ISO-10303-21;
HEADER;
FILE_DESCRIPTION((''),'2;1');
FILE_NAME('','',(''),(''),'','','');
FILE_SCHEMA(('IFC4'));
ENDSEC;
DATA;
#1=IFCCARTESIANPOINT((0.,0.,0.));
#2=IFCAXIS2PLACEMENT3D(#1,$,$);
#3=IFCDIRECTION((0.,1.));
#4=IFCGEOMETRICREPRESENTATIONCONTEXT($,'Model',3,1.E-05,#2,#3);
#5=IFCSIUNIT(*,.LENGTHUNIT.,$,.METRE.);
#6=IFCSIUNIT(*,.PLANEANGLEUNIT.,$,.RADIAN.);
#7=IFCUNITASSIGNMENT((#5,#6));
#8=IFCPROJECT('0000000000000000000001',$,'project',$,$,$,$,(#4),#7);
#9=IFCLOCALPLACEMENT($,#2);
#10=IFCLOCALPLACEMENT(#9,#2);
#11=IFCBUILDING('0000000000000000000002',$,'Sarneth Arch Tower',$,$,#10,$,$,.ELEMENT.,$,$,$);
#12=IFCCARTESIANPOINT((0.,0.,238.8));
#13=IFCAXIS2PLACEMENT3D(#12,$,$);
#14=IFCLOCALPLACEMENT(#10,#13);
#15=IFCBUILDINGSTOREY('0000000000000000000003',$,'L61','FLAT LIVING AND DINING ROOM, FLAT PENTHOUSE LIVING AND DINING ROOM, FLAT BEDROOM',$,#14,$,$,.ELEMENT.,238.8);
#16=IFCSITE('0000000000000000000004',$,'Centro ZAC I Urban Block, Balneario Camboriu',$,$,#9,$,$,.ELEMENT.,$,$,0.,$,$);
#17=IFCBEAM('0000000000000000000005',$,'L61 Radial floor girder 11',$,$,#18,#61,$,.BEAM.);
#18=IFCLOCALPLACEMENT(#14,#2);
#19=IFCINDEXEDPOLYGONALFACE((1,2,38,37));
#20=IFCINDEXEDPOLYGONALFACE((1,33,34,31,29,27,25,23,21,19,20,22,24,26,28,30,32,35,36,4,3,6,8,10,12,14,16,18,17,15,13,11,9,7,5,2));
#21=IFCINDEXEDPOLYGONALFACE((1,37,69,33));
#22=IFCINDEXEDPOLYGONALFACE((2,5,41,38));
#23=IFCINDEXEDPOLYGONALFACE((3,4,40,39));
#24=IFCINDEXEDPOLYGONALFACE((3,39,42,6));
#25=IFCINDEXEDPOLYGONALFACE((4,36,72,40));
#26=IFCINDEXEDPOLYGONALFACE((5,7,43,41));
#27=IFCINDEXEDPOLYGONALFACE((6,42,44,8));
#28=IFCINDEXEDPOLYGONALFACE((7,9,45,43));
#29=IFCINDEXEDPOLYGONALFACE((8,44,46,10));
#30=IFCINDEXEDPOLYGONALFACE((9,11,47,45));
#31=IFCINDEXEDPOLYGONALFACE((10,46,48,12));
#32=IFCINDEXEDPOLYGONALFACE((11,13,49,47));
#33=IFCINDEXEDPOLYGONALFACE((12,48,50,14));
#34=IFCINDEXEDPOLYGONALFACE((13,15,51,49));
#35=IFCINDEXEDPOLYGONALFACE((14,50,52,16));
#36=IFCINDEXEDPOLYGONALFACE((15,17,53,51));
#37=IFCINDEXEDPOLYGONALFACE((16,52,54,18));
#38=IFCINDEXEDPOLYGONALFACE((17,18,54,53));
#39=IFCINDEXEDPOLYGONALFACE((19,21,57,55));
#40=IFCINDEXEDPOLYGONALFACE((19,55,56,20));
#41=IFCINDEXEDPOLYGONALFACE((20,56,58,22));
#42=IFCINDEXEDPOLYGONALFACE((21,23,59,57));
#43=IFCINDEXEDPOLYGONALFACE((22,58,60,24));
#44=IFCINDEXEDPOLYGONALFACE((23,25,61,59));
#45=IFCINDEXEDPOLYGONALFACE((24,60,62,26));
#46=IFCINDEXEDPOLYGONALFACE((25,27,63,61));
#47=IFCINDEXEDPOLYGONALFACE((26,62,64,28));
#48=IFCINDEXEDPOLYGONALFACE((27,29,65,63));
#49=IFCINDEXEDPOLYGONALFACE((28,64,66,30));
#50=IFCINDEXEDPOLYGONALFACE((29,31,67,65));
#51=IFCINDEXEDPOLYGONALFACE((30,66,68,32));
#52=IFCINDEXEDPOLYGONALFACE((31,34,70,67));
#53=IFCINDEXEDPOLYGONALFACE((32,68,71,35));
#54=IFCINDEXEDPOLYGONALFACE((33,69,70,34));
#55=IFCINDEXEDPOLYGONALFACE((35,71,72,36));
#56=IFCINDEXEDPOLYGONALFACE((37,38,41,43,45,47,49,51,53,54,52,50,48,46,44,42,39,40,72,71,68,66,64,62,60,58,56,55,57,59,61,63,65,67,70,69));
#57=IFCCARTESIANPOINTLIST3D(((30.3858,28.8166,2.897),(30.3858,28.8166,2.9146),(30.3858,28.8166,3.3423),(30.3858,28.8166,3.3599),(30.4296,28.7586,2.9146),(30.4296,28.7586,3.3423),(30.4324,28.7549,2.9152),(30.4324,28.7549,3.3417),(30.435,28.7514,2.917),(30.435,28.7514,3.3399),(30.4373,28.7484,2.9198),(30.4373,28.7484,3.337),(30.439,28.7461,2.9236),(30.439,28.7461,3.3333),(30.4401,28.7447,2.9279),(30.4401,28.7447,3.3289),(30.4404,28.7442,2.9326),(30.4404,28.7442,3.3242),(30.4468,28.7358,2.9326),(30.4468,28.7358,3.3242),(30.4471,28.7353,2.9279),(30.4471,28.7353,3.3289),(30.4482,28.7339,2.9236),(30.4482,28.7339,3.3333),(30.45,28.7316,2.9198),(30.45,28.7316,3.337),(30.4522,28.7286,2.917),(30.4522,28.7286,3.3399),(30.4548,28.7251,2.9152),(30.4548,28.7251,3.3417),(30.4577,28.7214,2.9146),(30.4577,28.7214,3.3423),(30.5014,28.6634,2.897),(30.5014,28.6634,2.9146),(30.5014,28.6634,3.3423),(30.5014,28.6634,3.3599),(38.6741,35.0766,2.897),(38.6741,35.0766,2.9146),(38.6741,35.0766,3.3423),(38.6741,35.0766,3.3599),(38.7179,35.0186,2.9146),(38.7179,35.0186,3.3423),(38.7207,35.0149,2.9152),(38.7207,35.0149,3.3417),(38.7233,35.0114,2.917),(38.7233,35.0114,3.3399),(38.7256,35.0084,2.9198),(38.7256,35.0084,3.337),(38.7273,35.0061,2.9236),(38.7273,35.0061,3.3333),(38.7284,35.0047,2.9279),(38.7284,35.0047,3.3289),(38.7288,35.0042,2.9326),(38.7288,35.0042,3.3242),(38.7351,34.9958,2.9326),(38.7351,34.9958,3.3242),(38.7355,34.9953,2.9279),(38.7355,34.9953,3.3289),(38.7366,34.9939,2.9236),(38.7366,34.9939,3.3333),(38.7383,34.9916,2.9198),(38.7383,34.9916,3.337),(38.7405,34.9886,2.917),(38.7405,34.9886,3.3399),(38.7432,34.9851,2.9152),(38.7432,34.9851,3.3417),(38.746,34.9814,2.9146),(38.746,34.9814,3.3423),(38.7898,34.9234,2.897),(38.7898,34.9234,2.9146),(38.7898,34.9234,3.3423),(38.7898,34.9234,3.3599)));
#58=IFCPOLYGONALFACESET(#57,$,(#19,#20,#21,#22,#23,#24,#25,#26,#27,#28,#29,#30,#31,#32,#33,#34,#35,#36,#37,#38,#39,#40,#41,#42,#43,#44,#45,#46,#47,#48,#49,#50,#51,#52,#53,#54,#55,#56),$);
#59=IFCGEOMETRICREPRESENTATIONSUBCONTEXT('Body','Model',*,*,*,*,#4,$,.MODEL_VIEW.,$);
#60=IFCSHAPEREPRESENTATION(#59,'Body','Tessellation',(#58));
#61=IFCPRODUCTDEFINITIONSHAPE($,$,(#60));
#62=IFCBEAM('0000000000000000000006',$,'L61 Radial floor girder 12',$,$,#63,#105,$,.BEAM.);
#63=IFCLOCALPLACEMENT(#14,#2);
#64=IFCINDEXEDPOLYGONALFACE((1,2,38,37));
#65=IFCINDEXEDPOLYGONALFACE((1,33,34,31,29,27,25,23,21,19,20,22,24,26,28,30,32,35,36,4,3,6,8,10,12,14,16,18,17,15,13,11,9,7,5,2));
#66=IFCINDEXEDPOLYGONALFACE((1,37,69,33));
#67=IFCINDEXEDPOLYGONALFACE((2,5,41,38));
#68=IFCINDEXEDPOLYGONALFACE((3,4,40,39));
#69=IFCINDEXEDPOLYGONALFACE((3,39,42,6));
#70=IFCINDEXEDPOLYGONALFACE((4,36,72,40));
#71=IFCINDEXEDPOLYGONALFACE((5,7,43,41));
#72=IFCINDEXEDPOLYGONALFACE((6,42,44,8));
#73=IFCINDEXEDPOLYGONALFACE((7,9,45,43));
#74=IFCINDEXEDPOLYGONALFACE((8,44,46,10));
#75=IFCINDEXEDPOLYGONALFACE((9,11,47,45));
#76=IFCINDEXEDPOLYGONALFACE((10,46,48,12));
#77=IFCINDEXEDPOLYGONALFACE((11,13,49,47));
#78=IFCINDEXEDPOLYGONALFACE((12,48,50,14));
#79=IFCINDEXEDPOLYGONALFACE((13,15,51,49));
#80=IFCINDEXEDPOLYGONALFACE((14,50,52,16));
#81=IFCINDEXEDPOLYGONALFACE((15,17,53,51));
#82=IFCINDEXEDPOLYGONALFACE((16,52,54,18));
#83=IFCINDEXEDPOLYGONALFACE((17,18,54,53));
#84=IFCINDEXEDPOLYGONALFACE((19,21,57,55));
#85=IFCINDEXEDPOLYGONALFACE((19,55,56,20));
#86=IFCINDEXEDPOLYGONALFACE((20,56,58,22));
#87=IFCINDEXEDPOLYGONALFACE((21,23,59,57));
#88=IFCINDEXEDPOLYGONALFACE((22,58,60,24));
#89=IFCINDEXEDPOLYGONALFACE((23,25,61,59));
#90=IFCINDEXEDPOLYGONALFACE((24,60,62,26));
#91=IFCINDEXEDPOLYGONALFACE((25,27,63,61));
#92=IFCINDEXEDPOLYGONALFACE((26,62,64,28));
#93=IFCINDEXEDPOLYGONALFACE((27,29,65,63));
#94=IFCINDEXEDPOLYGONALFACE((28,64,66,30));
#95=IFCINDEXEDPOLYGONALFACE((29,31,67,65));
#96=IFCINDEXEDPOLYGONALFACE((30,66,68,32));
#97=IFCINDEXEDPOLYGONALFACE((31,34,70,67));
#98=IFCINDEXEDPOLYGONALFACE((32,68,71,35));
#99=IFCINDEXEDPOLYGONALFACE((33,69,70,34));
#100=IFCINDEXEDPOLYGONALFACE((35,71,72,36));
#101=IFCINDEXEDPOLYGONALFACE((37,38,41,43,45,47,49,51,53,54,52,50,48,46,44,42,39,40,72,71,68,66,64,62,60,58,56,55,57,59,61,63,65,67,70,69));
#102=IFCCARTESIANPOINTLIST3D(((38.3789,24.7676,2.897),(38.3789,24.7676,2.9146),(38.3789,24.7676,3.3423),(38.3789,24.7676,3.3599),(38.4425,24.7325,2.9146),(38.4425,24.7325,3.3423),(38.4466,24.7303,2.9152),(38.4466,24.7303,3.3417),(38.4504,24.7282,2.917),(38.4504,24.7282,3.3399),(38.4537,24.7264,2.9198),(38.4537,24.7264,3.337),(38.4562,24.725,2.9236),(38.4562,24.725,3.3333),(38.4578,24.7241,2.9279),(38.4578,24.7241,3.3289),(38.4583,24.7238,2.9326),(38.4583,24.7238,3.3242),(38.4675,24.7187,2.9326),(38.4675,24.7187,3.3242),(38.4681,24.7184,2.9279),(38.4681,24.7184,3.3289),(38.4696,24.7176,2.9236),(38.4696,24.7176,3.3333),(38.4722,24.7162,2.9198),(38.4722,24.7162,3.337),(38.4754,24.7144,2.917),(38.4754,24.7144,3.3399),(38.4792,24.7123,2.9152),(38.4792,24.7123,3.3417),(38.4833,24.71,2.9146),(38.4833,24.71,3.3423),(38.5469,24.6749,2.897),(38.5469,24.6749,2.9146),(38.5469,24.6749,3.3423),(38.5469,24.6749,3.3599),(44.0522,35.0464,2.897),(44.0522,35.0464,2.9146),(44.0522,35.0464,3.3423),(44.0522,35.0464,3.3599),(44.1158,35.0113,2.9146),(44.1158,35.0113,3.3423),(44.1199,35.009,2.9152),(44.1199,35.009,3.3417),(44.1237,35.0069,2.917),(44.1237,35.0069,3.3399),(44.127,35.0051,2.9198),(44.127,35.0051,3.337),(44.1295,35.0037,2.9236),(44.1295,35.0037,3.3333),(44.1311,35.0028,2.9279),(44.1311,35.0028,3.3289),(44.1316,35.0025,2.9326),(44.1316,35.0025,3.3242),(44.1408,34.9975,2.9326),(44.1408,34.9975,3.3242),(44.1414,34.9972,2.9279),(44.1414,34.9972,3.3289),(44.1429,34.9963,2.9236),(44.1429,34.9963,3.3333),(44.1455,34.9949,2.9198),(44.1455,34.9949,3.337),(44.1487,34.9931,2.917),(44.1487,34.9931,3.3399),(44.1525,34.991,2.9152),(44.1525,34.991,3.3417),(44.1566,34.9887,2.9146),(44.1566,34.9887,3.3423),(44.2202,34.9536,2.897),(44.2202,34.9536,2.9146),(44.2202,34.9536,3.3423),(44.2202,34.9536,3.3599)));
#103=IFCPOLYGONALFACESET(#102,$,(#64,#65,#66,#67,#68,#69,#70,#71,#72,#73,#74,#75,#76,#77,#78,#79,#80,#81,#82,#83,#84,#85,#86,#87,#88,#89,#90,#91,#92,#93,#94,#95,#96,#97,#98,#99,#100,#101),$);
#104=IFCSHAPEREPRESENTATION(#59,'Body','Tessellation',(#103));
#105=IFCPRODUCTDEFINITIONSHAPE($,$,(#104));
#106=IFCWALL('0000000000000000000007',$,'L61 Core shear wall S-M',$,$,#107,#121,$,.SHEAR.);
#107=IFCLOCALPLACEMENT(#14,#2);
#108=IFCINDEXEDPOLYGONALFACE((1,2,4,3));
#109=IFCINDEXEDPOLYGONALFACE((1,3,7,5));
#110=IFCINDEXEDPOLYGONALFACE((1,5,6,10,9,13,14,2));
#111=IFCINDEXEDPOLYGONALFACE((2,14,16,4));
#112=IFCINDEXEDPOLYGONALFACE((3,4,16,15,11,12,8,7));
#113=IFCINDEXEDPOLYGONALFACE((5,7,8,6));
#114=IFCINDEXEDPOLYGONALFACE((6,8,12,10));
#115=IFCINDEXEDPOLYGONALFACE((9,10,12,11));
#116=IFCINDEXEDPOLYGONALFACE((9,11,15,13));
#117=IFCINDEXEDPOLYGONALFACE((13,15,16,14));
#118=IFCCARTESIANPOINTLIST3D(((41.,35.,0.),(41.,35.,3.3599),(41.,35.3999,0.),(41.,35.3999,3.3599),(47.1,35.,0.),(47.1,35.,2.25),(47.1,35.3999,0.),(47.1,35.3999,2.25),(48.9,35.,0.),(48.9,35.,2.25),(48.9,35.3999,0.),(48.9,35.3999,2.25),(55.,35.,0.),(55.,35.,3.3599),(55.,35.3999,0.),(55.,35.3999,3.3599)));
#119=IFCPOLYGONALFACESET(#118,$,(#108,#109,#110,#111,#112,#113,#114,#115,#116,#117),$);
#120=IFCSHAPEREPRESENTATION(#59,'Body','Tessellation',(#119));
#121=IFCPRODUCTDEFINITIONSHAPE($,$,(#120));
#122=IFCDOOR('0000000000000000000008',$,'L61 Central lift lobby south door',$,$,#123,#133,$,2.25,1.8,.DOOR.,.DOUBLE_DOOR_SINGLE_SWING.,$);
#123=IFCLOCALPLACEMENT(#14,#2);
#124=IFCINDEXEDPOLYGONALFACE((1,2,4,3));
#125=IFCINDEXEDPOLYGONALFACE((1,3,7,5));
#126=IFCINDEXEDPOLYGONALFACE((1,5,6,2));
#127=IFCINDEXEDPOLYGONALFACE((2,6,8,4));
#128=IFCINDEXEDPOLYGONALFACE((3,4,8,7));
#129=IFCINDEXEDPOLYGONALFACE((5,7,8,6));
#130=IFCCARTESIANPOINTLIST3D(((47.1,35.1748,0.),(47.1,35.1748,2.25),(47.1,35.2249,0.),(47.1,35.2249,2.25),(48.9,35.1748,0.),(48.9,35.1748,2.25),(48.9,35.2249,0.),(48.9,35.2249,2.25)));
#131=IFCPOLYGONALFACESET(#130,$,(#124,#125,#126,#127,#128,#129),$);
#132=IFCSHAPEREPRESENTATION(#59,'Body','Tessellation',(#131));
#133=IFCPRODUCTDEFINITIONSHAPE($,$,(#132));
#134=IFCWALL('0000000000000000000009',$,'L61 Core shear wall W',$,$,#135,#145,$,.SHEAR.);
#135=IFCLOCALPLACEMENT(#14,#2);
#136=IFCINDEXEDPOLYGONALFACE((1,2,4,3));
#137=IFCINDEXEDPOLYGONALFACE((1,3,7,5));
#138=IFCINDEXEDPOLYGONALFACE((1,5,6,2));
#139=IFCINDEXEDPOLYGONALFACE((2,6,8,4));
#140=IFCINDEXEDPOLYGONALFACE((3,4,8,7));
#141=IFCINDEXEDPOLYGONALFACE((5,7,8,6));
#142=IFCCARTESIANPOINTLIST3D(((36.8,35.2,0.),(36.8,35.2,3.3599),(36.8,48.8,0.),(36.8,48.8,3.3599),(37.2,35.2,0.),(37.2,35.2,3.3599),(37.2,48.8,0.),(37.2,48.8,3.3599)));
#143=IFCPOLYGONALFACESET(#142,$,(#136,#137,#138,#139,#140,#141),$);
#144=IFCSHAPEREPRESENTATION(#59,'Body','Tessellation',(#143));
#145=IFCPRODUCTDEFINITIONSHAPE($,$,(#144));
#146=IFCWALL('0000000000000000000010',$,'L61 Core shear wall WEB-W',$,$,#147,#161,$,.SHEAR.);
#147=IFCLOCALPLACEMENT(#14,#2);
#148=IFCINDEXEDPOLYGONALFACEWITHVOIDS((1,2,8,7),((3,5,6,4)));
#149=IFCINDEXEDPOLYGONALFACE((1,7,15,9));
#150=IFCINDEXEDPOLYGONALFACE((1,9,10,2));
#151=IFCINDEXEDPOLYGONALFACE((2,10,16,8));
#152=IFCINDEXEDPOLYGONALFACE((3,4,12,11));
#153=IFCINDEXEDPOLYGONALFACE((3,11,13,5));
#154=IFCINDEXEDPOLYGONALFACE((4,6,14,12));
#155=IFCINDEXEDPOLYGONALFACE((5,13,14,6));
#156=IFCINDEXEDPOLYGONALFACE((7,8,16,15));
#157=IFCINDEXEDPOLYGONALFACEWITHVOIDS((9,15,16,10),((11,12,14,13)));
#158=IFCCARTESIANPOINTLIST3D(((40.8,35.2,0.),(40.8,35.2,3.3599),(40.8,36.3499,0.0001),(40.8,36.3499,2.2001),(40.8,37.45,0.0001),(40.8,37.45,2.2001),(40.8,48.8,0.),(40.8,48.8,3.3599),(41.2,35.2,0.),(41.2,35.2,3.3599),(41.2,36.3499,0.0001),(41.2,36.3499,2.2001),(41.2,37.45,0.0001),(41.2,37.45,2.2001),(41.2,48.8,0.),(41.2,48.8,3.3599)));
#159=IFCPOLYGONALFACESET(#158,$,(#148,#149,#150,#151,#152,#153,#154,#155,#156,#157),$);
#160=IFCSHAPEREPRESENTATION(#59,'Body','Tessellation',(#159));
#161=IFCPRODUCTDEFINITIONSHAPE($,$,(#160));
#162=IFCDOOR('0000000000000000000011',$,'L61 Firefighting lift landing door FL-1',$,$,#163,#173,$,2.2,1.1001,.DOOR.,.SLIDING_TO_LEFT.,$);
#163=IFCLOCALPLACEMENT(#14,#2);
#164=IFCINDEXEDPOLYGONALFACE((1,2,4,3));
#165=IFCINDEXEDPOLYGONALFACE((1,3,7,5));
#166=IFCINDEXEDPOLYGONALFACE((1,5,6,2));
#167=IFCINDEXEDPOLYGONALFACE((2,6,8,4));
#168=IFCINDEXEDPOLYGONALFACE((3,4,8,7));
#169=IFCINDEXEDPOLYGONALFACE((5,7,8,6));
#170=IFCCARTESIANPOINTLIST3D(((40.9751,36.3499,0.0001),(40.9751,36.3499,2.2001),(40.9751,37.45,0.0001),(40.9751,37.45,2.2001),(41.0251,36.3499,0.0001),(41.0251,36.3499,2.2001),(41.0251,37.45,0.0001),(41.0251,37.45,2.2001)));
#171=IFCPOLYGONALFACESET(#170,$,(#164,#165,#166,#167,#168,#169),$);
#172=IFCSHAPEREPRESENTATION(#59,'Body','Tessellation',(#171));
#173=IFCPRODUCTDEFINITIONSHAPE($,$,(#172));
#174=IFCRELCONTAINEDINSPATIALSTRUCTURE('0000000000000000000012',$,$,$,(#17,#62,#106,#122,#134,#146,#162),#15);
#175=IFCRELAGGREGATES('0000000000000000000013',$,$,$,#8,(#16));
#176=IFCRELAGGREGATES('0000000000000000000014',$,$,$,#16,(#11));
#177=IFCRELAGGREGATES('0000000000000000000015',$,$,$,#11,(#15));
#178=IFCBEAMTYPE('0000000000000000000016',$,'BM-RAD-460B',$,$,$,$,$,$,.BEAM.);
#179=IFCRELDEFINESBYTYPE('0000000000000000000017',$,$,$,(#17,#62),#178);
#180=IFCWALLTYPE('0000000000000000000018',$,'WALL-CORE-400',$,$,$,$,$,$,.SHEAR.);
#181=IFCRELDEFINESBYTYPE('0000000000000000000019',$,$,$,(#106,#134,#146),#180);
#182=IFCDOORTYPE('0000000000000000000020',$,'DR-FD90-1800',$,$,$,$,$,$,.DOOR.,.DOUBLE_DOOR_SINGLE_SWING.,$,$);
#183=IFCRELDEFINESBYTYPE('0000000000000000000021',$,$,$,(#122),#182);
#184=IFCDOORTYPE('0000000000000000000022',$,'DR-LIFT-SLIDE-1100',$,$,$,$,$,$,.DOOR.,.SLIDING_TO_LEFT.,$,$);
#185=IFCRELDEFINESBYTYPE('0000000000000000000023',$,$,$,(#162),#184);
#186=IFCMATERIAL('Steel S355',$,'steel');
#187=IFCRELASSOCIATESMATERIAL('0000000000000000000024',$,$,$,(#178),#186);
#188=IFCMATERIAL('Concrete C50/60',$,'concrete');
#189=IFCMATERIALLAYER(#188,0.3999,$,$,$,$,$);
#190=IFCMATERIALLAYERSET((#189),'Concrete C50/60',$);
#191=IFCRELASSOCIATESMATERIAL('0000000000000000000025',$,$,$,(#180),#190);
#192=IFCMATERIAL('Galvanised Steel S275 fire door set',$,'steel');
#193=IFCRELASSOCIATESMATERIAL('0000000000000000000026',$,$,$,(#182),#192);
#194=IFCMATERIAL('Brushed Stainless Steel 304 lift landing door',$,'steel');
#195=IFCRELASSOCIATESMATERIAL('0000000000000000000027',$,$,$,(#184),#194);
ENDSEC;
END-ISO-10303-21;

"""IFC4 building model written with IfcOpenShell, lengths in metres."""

from ifc_helpers import new_model, si_unit, direction, frame, frame_2d, origin, origin_2d, place, context, subcontext, project, spatial, rectangle, i_section, extrude, material, layer, layer_set, material_profile, profile_set, type_object, element, fill, save


model = new_model("IFC4")

# Units and contexts
model_context = context("Model", 3, precision=1e-05, world=origin(), true_north=direction((0.0, 1.0)))
body_context = subcontext(model_context, "Body", "Model", "MODEL_VIEW")
ifc_project = project(units=[si_unit("LENGTHUNIT", "METRE"), si_unit("PLANEANGLEUNIT", "RADIAN")], contexts=[model_context])

# Site, building, storey
site_placement = place(None, origin())
site = spatial("IfcSite", under=ifc_project, at=site_placement, Name="Centro ZAC I Urban Block, Balneario Camboriu", CompositionType="ELEMENT", RefElevation=0.0)
building_placement = place(site_placement, origin())
building = spatial("IfcBuilding", under=site, at=building_placement, Name="Sarneth Arch Tower", CompositionType="ELEMENT")
storey_placement = place(building_placement, frame((0.0, 0.0, 238.8)))
storey = spatial("IfcBuildingStorey", under=building, at=storey_placement, Name="L61", Description="FLAT LIVING AND DINING ROOM, FLAT PENTHOUSE LIVING AND DINING ROOM, FLAT BEDROOM", CompositionType="ELEMENT", Elevation=238.8)

# Beams
ifc_material_1 = material(Name="Steel S355", Category="steel")
ifc_material_profile_1 = material_profile(ifc_material_1, i_section(OverallWidth=0.1919, OverallDepth=0.4629, WebThickness=0.0105, FlangeThickness=0.0176, FilletRadius=0.0181, at=origin_2d()), Name="W460x89")
ifc_profile_set_1 = profile_set([ifc_material_profile_1], Name="Steel S355")
beam_type_1 = type_object("IfcBeamType", Name="BM-RAD-460B", PredefinedType="BEAM", material=ifc_profile_set_1)
beam_1_placement = place(storey_placement, frame((38.7319, 35.0, 3.1284), z_axis=(-0.797973, -0.602693, 0.0), x_axis=(0.602693, -0.797973, 0.0)))
element("IfcBeam", 1, at=beam_1_placement, inside=storey, type_object=beam_type_1, Name="L61 Radial floor girder 11", PredefinedType="BEAM", context=body_context, shape_type="SweptSolid", body=[
    extrude(i_section(OverallWidth=0.1919, OverallDepth=0.4629, WebThickness=0.0105, FlangeThickness=0.0176, FilletRadius=0.0181, at=origin_2d()), origin(), (0.0, 0.0, 1.0), 10.3867),
])
beam_2_placement = place(storey_placement, frame((44.1362, 35.0, 3.1284), z_axis=(-0.483226, -0.875496, 0.0), x_axis=(0.875496, -0.483226, 0.0)))
element("IfcBeam", 2, at=beam_2_placement, inside=storey, type_object=beam_type_1, Name="L61 Radial floor girder 12", PredefinedType="BEAM", context=body_context, shape_type="SweptSolid", body=[
    extrude(i_section(OverallWidth=0.1919, OverallDepth=0.4629, WebThickness=0.0105, FlangeThickness=0.0176, FilletRadius=0.0181, at=origin_2d()), origin(), (0.0, 0.0, 1.0), 11.7405),
])

# Wall, opening, door
ifc_material_2 = material(Name="Concrete C50/60", Category="concrete")
ifc_layer_1 = layer(ifc_material_2, 0.3999)
ifc_layer_set_1 = layer_set([ifc_layer_1], Name="Concrete C50/60")
wall_type_1 = type_object("IfcWallType", Name="WALL-CORE-400", PredefinedType="SHEAR", material=ifc_layer_set_1)
wall_1_placement = place(storey_placement, frame((41.0, 35.2, 0.0), z_axis=(0.0, 0.0, 1.0), x_axis=(1.0, 0.0, 0.0)))
wall_1 = element("IfcWall", 3, at=wall_1_placement, inside=storey, type_object=wall_type_1, Name="L61 Core shear wall S-M", PredefinedType="SHEAR", context=body_context, shape_type="SweptSolid", body=[
    extrude(rectangle(XDim=14.0, YDim=0.3999, at=frame_2d((7.0, 0.0))), origin(), (0.0, 0.0, 1.0), 3.3599),
])
opening_1_placement = place(wall_1_placement, frame((6.1001, 0.0, 0.0)))
opening_1 = element("IfcOpeningElement", 4, at=opening_1_placement, cuts=wall_1, PredefinedType="OPENING", context=body_context, shape_type="SweptSolid", body=[
    extrude(rectangle(XDim=1.8, YDim=2.25, at=frame_2d((0.8999, 1.125))), frame((0.0, 0.21, 0.0), z_axis=(0.0, -1.0, 0.0), x_axis=(1.0, 0.0, 0.0)), (0.0, 0.0, 1.0), 0.4199),
])
ifc_material_3 = material(Name="Galvanised Steel S275 fire door set", Category="steel")
door_type_1 = type_object("IfcDoorType", Name="DR-FD90-1800", OperationType="DOUBLE_DOOR_SINGLE_SWING", PredefinedType="DOOR", material=ifc_material_3)
door_1_placement = place(opening_1_placement, origin())
door_1 = element("IfcDoor", 5, at=door_1_placement, inside=storey, type_object=door_type_1, Name="L61 Central lift lobby south door", OperationType="DOUBLE_DOOR_SINGLE_SWING", OverallHeight=2.25, OverallWidth=1.8, PredefinedType="DOOR", context=body_context, shape_type="SweptSolid", body=[
    extrude(rectangle(XDim=1.8, YDim=2.25, at=frame_2d((0.8999, 1.125))), frame((0.0, 0.0249, 0.0), z_axis=(0.0, -1.0, 0.0), x_axis=(1.0, 0.0, 0.0)), (0.0, 0.0, 1.0), 0.05),
])
fill(opening_1, door_1)

# Wall
wall_2_placement = place(storey_placement, frame((37.0, 35.2, 0.0), z_axis=(0.0, 0.0, 1.0), x_axis=(0.0, 1.0, 0.0)))
element("IfcWall", 6, at=wall_2_placement, inside=storey, type_object=wall_type_1, Name="L61 Core shear wall W", PredefinedType="SHEAR", context=body_context, shape_type="SweptSolid", body=[
    extrude(rectangle(XDim=13.6001, YDim=0.3999, at=frame_2d((6.8, 0.0))), origin(), (0.0, 0.0, 1.0), 3.3599),
])

# Wall, opening, door
wall_3_placement = place(storey_placement, frame((41.0, 35.2, 0.0), z_axis=(0.0, 0.0, 1.0), x_axis=(0.0, 1.0, 0.0)))
wall_3 = element("IfcWall", 7, at=wall_3_placement, inside=storey, type_object=wall_type_1, Name="L61 Core shear wall WEB-W", PredefinedType="SHEAR", context=body_context, shape_type="SweptSolid", body=[
    extrude(rectangle(XDim=13.6001, YDim=0.3999, at=frame_2d((6.8, 0.0))), origin(), (0.0, 0.0, 1.0), 3.3599),
])
opening_2_placement = place(wall_3_placement, frame((1.1499, 0.0, 0.0)))
opening_2 = element("IfcOpeningElement", 8, at=opening_2_placement, cuts=wall_3, PredefinedType="OPENING", context=body_context, shape_type="SweptSolid", body=[
    extrude(rectangle(XDim=1.1001, YDim=2.2, at=frame_2d((0.55, 1.1001))), frame((0.0, 0.21, 0.0), z_axis=(0.0, -1.0, 0.0), x_axis=(1.0, 0.0, 0.0)), (0.0, 0.0, 1.0), 0.4199),
])
ifc_material_4 = material(Name="Brushed Stainless Steel 304 lift landing door", Category="steel")
door_type_2 = type_object("IfcDoorType", Name="DR-LIFT-SLIDE-1100", OperationType="SLIDING_TO_LEFT", PredefinedType="DOOR", material=ifc_material_4)
door_2_placement = place(opening_2_placement, origin())
door_2 = element("IfcDoor", 9, at=door_2_placement, inside=storey, type_object=door_type_2, Name="L61 Firefighting lift landing door FL-1", OperationType="SLIDING_TO_LEFT", OverallHeight=2.2, OverallWidth=1.1001, PredefinedType="DOOR", context=body_context, shape_type="SweptSolid", body=[
    extrude(rectangle(XDim=1.1001, YDim=2.2, at=frame_2d((0.55, 1.1001))), frame((0.0, 0.0249, 0.0), z_axis=(0.0, -1.0, 0.0), x_axis=(1.0, 0.0, 0.0)), (0.0, 0.0, 1.0), 0.05),
])
fill(opening_2, door_2)

save(model, "model.ifc")
